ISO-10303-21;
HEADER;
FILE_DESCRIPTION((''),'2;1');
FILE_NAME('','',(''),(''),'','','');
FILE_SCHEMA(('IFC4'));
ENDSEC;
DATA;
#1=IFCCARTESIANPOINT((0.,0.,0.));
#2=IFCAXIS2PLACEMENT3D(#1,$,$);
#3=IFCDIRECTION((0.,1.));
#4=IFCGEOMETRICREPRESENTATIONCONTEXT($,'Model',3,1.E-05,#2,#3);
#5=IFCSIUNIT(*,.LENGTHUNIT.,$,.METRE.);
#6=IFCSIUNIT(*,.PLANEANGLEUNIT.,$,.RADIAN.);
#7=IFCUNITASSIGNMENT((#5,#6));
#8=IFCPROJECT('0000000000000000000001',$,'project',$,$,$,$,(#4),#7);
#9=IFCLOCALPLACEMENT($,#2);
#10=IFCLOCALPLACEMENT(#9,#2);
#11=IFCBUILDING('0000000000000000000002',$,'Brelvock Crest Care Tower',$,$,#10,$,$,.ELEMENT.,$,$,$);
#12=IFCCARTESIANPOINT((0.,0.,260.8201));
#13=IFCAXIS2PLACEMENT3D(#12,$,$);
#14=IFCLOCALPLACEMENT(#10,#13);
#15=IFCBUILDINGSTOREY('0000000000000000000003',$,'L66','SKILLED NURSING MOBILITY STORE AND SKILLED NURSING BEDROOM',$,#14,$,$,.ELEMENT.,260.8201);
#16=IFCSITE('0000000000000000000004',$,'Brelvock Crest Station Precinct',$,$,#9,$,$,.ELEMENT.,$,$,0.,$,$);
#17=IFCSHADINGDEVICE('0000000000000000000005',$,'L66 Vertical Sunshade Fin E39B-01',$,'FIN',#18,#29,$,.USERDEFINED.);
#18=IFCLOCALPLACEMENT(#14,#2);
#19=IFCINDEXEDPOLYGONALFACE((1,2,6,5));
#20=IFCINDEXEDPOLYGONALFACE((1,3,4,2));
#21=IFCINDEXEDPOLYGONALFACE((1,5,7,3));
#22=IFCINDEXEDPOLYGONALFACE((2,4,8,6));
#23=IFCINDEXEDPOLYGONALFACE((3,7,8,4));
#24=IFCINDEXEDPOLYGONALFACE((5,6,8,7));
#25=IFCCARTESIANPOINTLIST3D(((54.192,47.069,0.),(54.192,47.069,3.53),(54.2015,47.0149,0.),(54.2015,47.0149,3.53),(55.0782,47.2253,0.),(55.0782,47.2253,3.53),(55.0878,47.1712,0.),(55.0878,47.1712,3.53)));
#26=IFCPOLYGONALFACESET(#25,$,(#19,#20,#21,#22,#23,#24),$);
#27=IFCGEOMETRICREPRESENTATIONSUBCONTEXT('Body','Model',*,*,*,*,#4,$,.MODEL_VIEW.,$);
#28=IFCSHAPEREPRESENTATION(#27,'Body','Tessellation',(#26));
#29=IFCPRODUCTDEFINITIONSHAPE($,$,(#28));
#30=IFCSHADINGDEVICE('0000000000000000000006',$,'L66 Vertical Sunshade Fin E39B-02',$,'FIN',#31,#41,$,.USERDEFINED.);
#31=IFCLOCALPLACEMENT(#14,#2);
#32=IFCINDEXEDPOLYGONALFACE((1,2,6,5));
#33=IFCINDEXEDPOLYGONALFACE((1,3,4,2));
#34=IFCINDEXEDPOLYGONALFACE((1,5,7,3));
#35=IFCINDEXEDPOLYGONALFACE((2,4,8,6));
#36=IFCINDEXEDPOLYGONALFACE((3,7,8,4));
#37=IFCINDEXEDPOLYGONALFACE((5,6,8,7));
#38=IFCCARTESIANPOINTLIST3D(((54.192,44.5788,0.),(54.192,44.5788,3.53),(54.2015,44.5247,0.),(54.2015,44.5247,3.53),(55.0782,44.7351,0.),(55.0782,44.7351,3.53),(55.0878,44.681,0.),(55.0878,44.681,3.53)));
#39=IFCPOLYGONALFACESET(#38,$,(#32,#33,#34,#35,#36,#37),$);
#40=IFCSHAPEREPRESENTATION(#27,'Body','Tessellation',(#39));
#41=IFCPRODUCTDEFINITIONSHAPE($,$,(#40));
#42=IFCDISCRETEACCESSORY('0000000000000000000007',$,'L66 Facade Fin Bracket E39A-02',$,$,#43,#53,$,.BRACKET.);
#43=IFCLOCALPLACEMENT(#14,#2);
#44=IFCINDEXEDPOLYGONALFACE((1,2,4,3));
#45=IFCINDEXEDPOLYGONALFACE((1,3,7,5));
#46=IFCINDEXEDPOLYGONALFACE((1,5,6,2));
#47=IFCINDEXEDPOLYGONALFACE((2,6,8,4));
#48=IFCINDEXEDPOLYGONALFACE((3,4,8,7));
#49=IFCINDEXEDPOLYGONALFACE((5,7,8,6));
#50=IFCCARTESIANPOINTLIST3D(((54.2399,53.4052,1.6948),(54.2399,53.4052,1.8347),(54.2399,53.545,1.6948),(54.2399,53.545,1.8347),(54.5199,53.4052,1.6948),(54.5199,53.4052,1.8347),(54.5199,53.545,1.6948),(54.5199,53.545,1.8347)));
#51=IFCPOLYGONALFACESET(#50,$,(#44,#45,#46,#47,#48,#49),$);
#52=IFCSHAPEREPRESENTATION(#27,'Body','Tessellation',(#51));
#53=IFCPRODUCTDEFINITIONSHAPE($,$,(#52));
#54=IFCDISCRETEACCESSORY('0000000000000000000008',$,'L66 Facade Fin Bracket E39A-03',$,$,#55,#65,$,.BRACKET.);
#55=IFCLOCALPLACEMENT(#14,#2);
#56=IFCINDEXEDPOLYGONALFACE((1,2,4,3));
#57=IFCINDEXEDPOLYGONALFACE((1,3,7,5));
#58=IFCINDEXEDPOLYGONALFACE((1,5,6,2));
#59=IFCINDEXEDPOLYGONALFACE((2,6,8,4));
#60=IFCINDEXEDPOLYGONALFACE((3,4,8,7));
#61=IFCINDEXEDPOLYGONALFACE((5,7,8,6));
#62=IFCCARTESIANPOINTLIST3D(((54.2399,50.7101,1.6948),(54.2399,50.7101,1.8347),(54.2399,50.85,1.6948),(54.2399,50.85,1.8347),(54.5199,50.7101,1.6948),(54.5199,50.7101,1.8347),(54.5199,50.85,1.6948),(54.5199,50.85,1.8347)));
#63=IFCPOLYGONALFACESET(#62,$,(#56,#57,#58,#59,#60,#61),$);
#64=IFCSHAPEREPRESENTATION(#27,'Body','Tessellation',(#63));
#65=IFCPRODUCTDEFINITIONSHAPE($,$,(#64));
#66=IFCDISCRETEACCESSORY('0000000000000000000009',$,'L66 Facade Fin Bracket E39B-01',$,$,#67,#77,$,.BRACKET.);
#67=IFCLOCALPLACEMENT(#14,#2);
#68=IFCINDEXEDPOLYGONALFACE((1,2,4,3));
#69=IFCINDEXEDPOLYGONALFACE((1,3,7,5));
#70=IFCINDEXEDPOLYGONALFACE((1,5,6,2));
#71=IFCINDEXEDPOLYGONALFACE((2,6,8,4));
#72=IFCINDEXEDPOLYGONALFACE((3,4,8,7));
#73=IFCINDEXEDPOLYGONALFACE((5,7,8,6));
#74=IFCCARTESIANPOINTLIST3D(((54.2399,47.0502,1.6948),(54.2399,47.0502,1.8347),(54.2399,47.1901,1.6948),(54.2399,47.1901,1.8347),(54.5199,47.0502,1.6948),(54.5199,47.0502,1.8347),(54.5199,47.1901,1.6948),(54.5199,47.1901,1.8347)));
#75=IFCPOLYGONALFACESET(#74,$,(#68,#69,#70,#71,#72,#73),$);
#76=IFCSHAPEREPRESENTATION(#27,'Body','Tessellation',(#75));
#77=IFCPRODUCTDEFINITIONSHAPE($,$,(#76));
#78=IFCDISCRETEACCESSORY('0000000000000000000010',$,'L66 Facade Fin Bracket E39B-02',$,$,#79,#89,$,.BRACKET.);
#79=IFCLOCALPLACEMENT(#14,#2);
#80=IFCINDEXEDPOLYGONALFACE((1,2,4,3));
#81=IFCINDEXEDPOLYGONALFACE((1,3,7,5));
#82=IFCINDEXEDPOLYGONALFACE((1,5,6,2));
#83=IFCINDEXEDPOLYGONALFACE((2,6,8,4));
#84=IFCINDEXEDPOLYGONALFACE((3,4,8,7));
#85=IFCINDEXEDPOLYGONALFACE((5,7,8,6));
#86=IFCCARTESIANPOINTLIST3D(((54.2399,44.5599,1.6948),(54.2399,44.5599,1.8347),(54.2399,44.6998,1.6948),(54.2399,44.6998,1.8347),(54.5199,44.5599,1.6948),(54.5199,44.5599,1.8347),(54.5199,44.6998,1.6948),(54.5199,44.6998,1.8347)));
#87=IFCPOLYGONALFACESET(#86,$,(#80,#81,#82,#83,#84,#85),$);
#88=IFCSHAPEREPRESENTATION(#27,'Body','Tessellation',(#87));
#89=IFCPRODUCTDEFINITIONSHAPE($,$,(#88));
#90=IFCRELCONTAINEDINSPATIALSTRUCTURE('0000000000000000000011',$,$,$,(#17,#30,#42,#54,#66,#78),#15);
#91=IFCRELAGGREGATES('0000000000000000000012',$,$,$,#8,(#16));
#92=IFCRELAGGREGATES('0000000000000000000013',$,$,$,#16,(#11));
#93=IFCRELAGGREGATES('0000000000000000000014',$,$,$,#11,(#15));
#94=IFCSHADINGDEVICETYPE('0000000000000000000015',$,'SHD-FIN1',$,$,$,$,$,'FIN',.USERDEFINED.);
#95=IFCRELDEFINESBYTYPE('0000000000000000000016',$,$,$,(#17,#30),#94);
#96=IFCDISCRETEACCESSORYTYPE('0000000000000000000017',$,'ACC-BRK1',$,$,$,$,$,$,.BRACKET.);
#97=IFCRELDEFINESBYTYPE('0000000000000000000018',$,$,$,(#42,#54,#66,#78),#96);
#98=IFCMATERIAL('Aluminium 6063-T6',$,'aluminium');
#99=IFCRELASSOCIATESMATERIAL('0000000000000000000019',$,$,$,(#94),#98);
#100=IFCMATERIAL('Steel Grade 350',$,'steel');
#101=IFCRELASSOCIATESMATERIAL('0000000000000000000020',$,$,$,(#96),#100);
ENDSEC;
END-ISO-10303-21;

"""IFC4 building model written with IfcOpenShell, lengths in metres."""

from ifc_helpers import new_model, si_unit, direction, frame, origin, origin_2d, place, context, subcontext, project, spatial, rectangle, extrude, source, transform, mapped, material, material_profile, profile_set, type_object, element, save


model = new_model("IFC4")

# Units and contexts
model_context = context("Model", 3, precision=1e-05, world=origin(), true_north=direction((0.0, 1.0)))
body_context = subcontext(model_context, "Body", "Model", "MODEL_VIEW")
ifc_project = project(units=[si_unit("LENGTHUNIT", "METRE"), si_unit("PLANEANGLEUNIT", "RADIAN")], contexts=[model_context])

# Site, building, storey
site_placement = place(None, origin())
site = spatial("IfcSite", under=ifc_project, at=site_placement, Name="Brelvock Crest Station Precinct", CompositionType="ELEMENT", RefElevation=0.0)
building_placement = place(site_placement, origin())
building = spatial("IfcBuilding", under=site, at=building_placement, Name="Brelvock Crest Care Tower", CompositionType="ELEMENT")
storey_placement = place(building_placement, frame((0.0, 0.0, 260.8201)))
storey = spatial("IfcBuildingStorey", under=building, at=storey_placement, Name="L66", Description="SKILLED NURSING MOBILITY STORE AND SKILLED NURSING BEDROOM", CompositionType="ELEMENT", Elevation=260.8201)

# Shared definitions
ifc_material_1 = material(Name="Steel Grade 350", Category="steel")

# Shared definitions
ifc_material_2 = material(Name="Aluminium 6063-T6", Category="aluminium")

# Shading devices
ifc_material_profile_1 = material_profile(ifc_material_2, rectangle(XDim=0.0549, YDim=0.8999, at=origin_2d()), Name="FIN55x900")
ifc_profile_set_1 = profile_set([ifc_material_profile_1], Name="Aluminium 6063-T6")
shading_device_type = type_object("IfcShadingDeviceType", Name="SHD-FIN1", ElementType="FIN", PredefinedType="USERDEFINED", material=ifc_profile_set_1)
shared_shape_1 = source(origin(), body_context, "Body", "SweptSolid", [
    extrude(rectangle(XDim=0.0549, YDim=0.8999, at=origin_2d()), origin(), (0.0, 0.0, 1.0), 3.53),
])
for number, where, z_axis, x_axis, name in (
    (1, (54.6399, 47.1201, 0.0), (0.0, 0.0, 1.0), (0.173648, -0.984808, 0.0), "L66 Vertical Sunshade Fin E39B-01"),
    (2, (54.6399, 44.6299, 0.0), (0.0, 0.0, 1.0), (0.173648, -0.984808, 0.0), "L66 Vertical Sunshade Fin E39B-02"),
):
    element("IfcShadingDevice", number, at=place(storey_placement, frame(where, z_axis=z_axis, x_axis=x_axis)), inside=storey, type_object=shading_device_type, Name=name, ObjectType="FIN", PredefinedType="USERDEFINED", context=body_context, shape_type="MappedRepresentation", body=[
        mapped(shared_shape_1, transform((0.0, 0.0, 0.0), x_axis=(1.0, 0.0, 0.0), y_axis=(0.0, 1.0, 0.0), z_axis=(0.0, 0.0, 1.0), scale=1.0)),
    ])

# Discrete accessories
discrete_accessory_type = type_object("IfcDiscreteAccessoryType", Name="ACC-BRK1", PredefinedType="BRACKET", material=ifc_material_1)
shared_shape_2 = source(origin(), body_context, "Body", "SweptSolid", [
    extrude(rectangle(XDim=0.28, YDim=0.1399, at=origin_2d()), origin(), (0.0, 0.0, 1.0), 0.1399),
])
for number, where, z_axis, x_axis, name in (
    (3, (54.3799, 53.4751, 1.6948), (0.0, 0.0, 1.0), (1.0, 0.0, 0.0), "L66 Facade Fin Bracket E39A-02"),
    (4, (54.3799, 50.78, 1.6948), (0.0, 0.0, 1.0), (1.0, 0.0, 0.0), "L66 Facade Fin Bracket E39A-03"),
    (5, (54.3799, 47.1201, 1.6948), (0.0, 0.0, 1.0), (1.0, 0.0, 0.0), "L66 Facade Fin Bracket E39B-01"),
    (6, (54.3799, 44.6299, 1.6948), (0.0, 0.0, 1.0), (1.0, 0.0, 0.0), "L66 Facade Fin Bracket E39B-02"),
):
    element("IfcDiscreteAccessory", number, at=place(storey_placement, frame(where, z_axis=z_axis, x_axis=x_axis)), inside=storey, type_object=discrete_accessory_type, Name=name, PredefinedType="BRACKET", context=body_context, shape_type="MappedRepresentation", body=[
        mapped(shared_shape_2, transform((0.0, 0.0, 0.0), x_axis=(1.0, 0.0, 0.0), y_axis=(0.0, 1.0, 0.0), z_axis=(0.0, 0.0, 1.0), scale=1.0)),
    ])

save(model, "model.ifc")
